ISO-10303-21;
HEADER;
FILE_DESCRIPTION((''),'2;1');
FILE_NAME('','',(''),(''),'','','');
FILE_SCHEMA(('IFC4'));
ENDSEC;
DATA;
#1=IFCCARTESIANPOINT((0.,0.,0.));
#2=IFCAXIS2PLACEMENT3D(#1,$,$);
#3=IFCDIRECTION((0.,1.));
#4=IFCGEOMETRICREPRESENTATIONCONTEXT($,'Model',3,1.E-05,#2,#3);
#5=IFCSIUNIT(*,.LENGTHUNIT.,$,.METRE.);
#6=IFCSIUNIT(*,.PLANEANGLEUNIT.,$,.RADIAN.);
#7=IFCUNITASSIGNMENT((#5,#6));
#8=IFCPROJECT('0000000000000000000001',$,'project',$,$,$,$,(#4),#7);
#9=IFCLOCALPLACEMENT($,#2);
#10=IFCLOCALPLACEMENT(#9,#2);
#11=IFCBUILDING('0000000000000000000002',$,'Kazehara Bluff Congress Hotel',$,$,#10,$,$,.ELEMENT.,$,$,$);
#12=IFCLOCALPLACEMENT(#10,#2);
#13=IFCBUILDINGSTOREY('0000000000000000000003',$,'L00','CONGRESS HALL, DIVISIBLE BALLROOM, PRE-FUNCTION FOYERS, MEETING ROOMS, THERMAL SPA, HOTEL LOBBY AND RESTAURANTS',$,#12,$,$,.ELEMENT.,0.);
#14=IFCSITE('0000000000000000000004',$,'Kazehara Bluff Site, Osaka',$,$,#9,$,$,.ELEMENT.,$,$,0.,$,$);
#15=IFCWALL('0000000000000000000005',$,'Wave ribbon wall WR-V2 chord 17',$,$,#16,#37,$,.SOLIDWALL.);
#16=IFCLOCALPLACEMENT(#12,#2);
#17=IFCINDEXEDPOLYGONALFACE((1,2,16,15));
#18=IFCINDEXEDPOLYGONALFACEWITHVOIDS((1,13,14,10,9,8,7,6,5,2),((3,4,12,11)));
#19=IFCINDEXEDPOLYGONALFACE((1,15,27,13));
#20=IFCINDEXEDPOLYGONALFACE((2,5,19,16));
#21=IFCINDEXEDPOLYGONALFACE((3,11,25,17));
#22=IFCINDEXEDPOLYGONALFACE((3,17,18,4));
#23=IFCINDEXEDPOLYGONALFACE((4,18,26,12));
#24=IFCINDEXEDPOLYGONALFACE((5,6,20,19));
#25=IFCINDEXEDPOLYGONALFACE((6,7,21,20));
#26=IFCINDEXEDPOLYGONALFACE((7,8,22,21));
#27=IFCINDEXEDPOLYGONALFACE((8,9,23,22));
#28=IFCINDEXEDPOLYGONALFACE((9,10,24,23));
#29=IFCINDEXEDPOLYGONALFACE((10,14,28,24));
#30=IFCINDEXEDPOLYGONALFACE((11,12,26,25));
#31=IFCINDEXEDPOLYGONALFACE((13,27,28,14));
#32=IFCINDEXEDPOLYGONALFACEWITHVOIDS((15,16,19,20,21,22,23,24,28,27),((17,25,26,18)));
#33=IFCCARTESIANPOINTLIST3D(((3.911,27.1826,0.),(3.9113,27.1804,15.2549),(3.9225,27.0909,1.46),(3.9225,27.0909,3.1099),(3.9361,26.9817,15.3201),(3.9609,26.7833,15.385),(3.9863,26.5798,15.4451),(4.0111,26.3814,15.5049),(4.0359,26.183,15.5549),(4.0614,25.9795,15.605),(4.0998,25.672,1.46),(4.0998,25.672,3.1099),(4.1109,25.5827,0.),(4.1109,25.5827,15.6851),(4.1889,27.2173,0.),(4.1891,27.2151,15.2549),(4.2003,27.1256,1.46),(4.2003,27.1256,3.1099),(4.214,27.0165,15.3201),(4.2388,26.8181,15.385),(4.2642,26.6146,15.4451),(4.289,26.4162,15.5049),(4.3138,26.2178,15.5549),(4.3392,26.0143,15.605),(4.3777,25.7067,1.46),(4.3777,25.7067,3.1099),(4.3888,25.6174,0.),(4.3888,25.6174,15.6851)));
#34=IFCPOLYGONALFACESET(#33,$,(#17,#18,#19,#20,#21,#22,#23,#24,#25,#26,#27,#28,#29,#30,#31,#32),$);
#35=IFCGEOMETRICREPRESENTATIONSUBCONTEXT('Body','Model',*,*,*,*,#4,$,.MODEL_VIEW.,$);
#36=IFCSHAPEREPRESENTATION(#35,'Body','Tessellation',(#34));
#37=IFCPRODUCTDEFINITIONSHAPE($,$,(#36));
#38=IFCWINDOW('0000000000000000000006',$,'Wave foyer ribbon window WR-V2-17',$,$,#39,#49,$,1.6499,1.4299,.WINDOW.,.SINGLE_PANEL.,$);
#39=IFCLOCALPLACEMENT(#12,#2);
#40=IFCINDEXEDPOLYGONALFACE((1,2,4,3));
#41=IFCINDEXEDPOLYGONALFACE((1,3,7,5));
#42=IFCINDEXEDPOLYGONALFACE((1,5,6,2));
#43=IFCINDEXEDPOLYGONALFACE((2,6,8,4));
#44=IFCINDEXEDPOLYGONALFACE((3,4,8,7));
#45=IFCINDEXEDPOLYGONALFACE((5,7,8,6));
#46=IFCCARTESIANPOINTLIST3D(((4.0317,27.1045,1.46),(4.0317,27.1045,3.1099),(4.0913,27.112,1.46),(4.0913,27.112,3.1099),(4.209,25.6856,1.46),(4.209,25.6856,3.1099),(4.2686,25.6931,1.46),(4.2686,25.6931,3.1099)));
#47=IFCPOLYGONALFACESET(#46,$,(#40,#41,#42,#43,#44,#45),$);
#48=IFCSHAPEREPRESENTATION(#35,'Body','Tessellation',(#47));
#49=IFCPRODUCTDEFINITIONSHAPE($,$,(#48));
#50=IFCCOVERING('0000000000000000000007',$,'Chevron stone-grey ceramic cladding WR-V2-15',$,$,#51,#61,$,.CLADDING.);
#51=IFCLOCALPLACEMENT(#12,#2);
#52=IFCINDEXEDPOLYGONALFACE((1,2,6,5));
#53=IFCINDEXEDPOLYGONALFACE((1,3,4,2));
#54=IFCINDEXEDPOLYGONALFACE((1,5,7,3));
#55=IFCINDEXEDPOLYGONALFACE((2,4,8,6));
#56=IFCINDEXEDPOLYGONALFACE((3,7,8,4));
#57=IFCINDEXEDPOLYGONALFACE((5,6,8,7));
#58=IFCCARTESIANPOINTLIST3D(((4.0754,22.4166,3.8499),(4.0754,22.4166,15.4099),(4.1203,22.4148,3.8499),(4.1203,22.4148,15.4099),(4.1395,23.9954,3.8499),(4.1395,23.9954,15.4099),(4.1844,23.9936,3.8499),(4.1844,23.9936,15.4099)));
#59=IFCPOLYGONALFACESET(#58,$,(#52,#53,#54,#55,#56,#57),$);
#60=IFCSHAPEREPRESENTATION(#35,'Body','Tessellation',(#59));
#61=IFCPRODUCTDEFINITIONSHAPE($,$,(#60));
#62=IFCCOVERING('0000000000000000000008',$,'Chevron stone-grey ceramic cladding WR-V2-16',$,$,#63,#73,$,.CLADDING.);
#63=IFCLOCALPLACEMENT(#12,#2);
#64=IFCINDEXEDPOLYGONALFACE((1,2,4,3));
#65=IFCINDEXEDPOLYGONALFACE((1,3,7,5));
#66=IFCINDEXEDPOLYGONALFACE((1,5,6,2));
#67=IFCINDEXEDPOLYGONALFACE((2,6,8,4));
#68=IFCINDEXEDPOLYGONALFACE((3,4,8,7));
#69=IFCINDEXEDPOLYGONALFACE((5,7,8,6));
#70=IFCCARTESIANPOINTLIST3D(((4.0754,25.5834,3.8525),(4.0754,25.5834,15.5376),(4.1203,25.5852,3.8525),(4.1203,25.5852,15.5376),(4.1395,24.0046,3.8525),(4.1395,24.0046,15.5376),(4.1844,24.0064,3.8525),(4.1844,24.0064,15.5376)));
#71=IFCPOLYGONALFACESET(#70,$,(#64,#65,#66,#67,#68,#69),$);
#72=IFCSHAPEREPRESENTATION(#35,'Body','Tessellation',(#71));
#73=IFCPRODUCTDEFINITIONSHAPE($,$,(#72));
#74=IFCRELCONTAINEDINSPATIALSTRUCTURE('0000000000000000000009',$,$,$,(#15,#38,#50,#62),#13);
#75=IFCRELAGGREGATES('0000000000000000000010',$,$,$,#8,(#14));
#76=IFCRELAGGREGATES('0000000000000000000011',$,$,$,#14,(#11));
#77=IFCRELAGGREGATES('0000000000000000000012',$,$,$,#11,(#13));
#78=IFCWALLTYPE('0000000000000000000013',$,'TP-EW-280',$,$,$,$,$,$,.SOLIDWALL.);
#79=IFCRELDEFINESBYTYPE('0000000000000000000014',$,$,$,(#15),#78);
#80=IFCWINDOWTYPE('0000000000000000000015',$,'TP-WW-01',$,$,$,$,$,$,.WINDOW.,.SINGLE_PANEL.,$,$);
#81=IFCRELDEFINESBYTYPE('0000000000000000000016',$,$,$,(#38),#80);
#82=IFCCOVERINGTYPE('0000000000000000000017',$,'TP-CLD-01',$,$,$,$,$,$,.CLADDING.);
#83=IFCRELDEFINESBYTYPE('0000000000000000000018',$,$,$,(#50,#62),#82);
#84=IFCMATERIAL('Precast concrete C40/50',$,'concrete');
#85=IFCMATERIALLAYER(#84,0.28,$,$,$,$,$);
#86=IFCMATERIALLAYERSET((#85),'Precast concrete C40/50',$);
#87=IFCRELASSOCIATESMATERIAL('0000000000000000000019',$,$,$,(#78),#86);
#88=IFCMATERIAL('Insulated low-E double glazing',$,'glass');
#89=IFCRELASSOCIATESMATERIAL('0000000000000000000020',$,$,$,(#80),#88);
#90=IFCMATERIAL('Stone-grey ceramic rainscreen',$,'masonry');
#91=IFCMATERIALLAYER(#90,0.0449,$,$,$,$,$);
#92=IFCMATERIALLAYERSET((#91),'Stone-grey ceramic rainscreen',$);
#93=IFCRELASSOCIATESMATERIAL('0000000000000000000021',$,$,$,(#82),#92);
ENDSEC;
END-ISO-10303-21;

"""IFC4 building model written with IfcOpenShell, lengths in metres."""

from ifc_helpers import new_model, si_unit, direction, frame, frame_2d, origin, origin_2d, place, context, subcontext, project, spatial, polyline, rectangle, outline, extrude, material, layer, layer_set, type_object, element, fill, save


model = new_model("IFC4")

# Units and contexts
model_context = context("Model", 3, precision=1e-05, world=origin(), true_north=direction((0.0, 1.0)))
body_context = subcontext(model_context, "Body", "Model", "MODEL_VIEW")
ifc_project = project(units=[si_unit("LENGTHUNIT", "METRE"), si_unit("PLANEANGLEUNIT", "RADIAN")], contexts=[model_context])

# Site, building, storey
site_placement = place(None, origin())
site = spatial("IfcSite", under=ifc_project, at=site_placement, Name="Kazehara Bluff Site, Osaka", CompositionType="ELEMENT", RefElevation=0.0)
building_placement = place(site_placement, origin())
building = spatial("IfcBuilding", under=site, at=building_placement, Name="Kazehara Bluff Congress Hotel", CompositionType="ELEMENT")
storey_placement = place(building_placement, origin())
storey = spatial("IfcBuildingStorey", under=building, at=storey_placement, Name="L00", Description="CONGRESS HALL, DIVISIBLE BALLROOM, PRE-FUNCTION FOYERS, MEETING ROOMS, THERMAL SPA, HOTEL LOBBY AND RESTAURANTS", CompositionType="ELEMENT", Elevation=0.0)

# Shared definitions
ifc_material_1 = material(Name="Precast concrete C40/50", Category="concrete")
ifc_layer_1 = layer(ifc_material_1, 0.28)
ifc_layer_set_1 = layer_set([ifc_layer_1], Name="Precast concrete C40/50")
wall_type = type_object("IfcWallType", Name="TP-EW-280", PredefinedType="SOLIDWALL", material=ifc_layer_set_1)

# Wall, opening, window
wall_1_placement = place(storey_placement, frame((4.25, 25.6001, 0.0), z_axis=(0.0, 0.0, 1.0), x_axis=(-0.124016, 0.99228, 0.0)))
wall_1 = element("IfcWall", 1, at=wall_1_placement, inside=storey, type_object=wall_type, Name="Wave ribbon wall WR-V2 chord 17", PredefinedType="SOLIDWALL", context=body_context, shape_type="SweptSolid", body=[
    extrude(outline(polyline([(0.0, 0.0), (1.6123, 0.0), (1.6101, 15.2549), (1.4099, 15.3201), (1.21, 15.385), (1.0049, 15.4451), (0.8049, 15.5049), (0.605, 15.5549), (0.3999, 15.605), (0.2, 15.645), (0.0, 15.6851), (0.0, 0.0)])), frame((0.0, 0.1401, 0.0), z_axis=(0.0, -1.0, 0.0), x_axis=(1.0, 0.0, 0.0)), (0.0, 0.0, 1.0), 0.28),
])
opening_placement = place(wall_1_placement, frame((0.0901, 0.0, 1.46)))
opening = element("IfcOpeningElement", 2, at=opening_placement, cuts=wall_1, PredefinedType="OPENING", context=body_context, shape_type="SweptSolid", body=[
    extrude(rectangle(XDim=1.4299, YDim=1.6499, at=frame_2d((0.7148, 0.825))), frame((0.0, 0.1499, 0.0), z_axis=(0.0, -1.0, 0.0), x_axis=(1.0, 0.0, 0.0)), (0.0, 0.0, 1.0), 0.3),
])
ifc_material_2 = material(Name="Insulated low-E double glazing", Category="glass")
window_type = type_object("IfcWindowType", Name="TP-WW-01", PartitioningType="SINGLE_PANEL", PredefinedType="WINDOW", material=ifc_material_2)
window_placement = place(opening_placement, origin())
window = element("IfcWindow", 3, at=window_placement, inside=storey, type_object=window_type, Name="Wave foyer ribbon window WR-V2-17", OverallHeight=1.6499, OverallWidth=1.4299, PartitioningType="SINGLE_PANEL", PredefinedType="WINDOW", context=body_context, shape_type="SweptSolid", body=[
    extrude(rectangle(XDim=1.4299, YDim=1.6499, at=frame_2d((0.7148, 0.825))), frame((0.0, 0.03, 0.0), z_axis=(0.0, -1.0, 0.0), x_axis=(1.0, 0.0, 0.0)), (0.0, 0.0, 1.0), 0.0601),
])
fill(opening, window)

# Coverings
ifc_material_3 = material(Name="Stone-grey ceramic rainscreen", Category="masonry")
ifc_layer_2 = layer(ifc_material_3, 0.0449)
ifc_layer_set_2 = layer_set([ifc_layer_2], Name="Stone-grey ceramic rainscreen")
covering_type_1 = type_object("IfcCoveringType", Name="TP-CLD-01", PredefinedType="CLADDING", material=ifc_layer_set_2)
covering_1_placement = place(storey_placement, frame((4.1299, 23.2051, 3.8499), z_axis=(0.0, 0.0, 1.0), x_axis=(0.040592, 0.999176, 0.0)))
element("IfcCovering", 4, at=covering_1_placement, inside=storey, type_object=covering_type_1, Name="Chevron stone-grey ceramic cladding WR-V2-15", PredefinedType="CLADDING", context=body_context, shape_type="SweptSolid", body=[
    extrude(rectangle(XDim=1.5801, YDim=0.0449, at=origin_2d()), origin(), (0.0, 0.0, 1.0), 11.5601),
])
covering_2_placement = place(storey_placement, frame((4.1299, 24.7949, 3.8525), z_axis=(0.0, 0.0, 1.0), x_axis=(-0.040592, 0.999176, 0.0)))
element("IfcCovering", 5, at=covering_2_placement, inside=storey, type_object=covering_type_1, Name="Chevron stone-grey ceramic cladding WR-V2-16", PredefinedType="CLADDING", context=body_context, shape_type="SweptSolid", body=[
    extrude(rectangle(XDim=1.5801, YDim=0.0449, at=origin_2d()), origin(), (0.0, 0.0, 1.0), 11.6851),
])

save(model, "model.ifc")
